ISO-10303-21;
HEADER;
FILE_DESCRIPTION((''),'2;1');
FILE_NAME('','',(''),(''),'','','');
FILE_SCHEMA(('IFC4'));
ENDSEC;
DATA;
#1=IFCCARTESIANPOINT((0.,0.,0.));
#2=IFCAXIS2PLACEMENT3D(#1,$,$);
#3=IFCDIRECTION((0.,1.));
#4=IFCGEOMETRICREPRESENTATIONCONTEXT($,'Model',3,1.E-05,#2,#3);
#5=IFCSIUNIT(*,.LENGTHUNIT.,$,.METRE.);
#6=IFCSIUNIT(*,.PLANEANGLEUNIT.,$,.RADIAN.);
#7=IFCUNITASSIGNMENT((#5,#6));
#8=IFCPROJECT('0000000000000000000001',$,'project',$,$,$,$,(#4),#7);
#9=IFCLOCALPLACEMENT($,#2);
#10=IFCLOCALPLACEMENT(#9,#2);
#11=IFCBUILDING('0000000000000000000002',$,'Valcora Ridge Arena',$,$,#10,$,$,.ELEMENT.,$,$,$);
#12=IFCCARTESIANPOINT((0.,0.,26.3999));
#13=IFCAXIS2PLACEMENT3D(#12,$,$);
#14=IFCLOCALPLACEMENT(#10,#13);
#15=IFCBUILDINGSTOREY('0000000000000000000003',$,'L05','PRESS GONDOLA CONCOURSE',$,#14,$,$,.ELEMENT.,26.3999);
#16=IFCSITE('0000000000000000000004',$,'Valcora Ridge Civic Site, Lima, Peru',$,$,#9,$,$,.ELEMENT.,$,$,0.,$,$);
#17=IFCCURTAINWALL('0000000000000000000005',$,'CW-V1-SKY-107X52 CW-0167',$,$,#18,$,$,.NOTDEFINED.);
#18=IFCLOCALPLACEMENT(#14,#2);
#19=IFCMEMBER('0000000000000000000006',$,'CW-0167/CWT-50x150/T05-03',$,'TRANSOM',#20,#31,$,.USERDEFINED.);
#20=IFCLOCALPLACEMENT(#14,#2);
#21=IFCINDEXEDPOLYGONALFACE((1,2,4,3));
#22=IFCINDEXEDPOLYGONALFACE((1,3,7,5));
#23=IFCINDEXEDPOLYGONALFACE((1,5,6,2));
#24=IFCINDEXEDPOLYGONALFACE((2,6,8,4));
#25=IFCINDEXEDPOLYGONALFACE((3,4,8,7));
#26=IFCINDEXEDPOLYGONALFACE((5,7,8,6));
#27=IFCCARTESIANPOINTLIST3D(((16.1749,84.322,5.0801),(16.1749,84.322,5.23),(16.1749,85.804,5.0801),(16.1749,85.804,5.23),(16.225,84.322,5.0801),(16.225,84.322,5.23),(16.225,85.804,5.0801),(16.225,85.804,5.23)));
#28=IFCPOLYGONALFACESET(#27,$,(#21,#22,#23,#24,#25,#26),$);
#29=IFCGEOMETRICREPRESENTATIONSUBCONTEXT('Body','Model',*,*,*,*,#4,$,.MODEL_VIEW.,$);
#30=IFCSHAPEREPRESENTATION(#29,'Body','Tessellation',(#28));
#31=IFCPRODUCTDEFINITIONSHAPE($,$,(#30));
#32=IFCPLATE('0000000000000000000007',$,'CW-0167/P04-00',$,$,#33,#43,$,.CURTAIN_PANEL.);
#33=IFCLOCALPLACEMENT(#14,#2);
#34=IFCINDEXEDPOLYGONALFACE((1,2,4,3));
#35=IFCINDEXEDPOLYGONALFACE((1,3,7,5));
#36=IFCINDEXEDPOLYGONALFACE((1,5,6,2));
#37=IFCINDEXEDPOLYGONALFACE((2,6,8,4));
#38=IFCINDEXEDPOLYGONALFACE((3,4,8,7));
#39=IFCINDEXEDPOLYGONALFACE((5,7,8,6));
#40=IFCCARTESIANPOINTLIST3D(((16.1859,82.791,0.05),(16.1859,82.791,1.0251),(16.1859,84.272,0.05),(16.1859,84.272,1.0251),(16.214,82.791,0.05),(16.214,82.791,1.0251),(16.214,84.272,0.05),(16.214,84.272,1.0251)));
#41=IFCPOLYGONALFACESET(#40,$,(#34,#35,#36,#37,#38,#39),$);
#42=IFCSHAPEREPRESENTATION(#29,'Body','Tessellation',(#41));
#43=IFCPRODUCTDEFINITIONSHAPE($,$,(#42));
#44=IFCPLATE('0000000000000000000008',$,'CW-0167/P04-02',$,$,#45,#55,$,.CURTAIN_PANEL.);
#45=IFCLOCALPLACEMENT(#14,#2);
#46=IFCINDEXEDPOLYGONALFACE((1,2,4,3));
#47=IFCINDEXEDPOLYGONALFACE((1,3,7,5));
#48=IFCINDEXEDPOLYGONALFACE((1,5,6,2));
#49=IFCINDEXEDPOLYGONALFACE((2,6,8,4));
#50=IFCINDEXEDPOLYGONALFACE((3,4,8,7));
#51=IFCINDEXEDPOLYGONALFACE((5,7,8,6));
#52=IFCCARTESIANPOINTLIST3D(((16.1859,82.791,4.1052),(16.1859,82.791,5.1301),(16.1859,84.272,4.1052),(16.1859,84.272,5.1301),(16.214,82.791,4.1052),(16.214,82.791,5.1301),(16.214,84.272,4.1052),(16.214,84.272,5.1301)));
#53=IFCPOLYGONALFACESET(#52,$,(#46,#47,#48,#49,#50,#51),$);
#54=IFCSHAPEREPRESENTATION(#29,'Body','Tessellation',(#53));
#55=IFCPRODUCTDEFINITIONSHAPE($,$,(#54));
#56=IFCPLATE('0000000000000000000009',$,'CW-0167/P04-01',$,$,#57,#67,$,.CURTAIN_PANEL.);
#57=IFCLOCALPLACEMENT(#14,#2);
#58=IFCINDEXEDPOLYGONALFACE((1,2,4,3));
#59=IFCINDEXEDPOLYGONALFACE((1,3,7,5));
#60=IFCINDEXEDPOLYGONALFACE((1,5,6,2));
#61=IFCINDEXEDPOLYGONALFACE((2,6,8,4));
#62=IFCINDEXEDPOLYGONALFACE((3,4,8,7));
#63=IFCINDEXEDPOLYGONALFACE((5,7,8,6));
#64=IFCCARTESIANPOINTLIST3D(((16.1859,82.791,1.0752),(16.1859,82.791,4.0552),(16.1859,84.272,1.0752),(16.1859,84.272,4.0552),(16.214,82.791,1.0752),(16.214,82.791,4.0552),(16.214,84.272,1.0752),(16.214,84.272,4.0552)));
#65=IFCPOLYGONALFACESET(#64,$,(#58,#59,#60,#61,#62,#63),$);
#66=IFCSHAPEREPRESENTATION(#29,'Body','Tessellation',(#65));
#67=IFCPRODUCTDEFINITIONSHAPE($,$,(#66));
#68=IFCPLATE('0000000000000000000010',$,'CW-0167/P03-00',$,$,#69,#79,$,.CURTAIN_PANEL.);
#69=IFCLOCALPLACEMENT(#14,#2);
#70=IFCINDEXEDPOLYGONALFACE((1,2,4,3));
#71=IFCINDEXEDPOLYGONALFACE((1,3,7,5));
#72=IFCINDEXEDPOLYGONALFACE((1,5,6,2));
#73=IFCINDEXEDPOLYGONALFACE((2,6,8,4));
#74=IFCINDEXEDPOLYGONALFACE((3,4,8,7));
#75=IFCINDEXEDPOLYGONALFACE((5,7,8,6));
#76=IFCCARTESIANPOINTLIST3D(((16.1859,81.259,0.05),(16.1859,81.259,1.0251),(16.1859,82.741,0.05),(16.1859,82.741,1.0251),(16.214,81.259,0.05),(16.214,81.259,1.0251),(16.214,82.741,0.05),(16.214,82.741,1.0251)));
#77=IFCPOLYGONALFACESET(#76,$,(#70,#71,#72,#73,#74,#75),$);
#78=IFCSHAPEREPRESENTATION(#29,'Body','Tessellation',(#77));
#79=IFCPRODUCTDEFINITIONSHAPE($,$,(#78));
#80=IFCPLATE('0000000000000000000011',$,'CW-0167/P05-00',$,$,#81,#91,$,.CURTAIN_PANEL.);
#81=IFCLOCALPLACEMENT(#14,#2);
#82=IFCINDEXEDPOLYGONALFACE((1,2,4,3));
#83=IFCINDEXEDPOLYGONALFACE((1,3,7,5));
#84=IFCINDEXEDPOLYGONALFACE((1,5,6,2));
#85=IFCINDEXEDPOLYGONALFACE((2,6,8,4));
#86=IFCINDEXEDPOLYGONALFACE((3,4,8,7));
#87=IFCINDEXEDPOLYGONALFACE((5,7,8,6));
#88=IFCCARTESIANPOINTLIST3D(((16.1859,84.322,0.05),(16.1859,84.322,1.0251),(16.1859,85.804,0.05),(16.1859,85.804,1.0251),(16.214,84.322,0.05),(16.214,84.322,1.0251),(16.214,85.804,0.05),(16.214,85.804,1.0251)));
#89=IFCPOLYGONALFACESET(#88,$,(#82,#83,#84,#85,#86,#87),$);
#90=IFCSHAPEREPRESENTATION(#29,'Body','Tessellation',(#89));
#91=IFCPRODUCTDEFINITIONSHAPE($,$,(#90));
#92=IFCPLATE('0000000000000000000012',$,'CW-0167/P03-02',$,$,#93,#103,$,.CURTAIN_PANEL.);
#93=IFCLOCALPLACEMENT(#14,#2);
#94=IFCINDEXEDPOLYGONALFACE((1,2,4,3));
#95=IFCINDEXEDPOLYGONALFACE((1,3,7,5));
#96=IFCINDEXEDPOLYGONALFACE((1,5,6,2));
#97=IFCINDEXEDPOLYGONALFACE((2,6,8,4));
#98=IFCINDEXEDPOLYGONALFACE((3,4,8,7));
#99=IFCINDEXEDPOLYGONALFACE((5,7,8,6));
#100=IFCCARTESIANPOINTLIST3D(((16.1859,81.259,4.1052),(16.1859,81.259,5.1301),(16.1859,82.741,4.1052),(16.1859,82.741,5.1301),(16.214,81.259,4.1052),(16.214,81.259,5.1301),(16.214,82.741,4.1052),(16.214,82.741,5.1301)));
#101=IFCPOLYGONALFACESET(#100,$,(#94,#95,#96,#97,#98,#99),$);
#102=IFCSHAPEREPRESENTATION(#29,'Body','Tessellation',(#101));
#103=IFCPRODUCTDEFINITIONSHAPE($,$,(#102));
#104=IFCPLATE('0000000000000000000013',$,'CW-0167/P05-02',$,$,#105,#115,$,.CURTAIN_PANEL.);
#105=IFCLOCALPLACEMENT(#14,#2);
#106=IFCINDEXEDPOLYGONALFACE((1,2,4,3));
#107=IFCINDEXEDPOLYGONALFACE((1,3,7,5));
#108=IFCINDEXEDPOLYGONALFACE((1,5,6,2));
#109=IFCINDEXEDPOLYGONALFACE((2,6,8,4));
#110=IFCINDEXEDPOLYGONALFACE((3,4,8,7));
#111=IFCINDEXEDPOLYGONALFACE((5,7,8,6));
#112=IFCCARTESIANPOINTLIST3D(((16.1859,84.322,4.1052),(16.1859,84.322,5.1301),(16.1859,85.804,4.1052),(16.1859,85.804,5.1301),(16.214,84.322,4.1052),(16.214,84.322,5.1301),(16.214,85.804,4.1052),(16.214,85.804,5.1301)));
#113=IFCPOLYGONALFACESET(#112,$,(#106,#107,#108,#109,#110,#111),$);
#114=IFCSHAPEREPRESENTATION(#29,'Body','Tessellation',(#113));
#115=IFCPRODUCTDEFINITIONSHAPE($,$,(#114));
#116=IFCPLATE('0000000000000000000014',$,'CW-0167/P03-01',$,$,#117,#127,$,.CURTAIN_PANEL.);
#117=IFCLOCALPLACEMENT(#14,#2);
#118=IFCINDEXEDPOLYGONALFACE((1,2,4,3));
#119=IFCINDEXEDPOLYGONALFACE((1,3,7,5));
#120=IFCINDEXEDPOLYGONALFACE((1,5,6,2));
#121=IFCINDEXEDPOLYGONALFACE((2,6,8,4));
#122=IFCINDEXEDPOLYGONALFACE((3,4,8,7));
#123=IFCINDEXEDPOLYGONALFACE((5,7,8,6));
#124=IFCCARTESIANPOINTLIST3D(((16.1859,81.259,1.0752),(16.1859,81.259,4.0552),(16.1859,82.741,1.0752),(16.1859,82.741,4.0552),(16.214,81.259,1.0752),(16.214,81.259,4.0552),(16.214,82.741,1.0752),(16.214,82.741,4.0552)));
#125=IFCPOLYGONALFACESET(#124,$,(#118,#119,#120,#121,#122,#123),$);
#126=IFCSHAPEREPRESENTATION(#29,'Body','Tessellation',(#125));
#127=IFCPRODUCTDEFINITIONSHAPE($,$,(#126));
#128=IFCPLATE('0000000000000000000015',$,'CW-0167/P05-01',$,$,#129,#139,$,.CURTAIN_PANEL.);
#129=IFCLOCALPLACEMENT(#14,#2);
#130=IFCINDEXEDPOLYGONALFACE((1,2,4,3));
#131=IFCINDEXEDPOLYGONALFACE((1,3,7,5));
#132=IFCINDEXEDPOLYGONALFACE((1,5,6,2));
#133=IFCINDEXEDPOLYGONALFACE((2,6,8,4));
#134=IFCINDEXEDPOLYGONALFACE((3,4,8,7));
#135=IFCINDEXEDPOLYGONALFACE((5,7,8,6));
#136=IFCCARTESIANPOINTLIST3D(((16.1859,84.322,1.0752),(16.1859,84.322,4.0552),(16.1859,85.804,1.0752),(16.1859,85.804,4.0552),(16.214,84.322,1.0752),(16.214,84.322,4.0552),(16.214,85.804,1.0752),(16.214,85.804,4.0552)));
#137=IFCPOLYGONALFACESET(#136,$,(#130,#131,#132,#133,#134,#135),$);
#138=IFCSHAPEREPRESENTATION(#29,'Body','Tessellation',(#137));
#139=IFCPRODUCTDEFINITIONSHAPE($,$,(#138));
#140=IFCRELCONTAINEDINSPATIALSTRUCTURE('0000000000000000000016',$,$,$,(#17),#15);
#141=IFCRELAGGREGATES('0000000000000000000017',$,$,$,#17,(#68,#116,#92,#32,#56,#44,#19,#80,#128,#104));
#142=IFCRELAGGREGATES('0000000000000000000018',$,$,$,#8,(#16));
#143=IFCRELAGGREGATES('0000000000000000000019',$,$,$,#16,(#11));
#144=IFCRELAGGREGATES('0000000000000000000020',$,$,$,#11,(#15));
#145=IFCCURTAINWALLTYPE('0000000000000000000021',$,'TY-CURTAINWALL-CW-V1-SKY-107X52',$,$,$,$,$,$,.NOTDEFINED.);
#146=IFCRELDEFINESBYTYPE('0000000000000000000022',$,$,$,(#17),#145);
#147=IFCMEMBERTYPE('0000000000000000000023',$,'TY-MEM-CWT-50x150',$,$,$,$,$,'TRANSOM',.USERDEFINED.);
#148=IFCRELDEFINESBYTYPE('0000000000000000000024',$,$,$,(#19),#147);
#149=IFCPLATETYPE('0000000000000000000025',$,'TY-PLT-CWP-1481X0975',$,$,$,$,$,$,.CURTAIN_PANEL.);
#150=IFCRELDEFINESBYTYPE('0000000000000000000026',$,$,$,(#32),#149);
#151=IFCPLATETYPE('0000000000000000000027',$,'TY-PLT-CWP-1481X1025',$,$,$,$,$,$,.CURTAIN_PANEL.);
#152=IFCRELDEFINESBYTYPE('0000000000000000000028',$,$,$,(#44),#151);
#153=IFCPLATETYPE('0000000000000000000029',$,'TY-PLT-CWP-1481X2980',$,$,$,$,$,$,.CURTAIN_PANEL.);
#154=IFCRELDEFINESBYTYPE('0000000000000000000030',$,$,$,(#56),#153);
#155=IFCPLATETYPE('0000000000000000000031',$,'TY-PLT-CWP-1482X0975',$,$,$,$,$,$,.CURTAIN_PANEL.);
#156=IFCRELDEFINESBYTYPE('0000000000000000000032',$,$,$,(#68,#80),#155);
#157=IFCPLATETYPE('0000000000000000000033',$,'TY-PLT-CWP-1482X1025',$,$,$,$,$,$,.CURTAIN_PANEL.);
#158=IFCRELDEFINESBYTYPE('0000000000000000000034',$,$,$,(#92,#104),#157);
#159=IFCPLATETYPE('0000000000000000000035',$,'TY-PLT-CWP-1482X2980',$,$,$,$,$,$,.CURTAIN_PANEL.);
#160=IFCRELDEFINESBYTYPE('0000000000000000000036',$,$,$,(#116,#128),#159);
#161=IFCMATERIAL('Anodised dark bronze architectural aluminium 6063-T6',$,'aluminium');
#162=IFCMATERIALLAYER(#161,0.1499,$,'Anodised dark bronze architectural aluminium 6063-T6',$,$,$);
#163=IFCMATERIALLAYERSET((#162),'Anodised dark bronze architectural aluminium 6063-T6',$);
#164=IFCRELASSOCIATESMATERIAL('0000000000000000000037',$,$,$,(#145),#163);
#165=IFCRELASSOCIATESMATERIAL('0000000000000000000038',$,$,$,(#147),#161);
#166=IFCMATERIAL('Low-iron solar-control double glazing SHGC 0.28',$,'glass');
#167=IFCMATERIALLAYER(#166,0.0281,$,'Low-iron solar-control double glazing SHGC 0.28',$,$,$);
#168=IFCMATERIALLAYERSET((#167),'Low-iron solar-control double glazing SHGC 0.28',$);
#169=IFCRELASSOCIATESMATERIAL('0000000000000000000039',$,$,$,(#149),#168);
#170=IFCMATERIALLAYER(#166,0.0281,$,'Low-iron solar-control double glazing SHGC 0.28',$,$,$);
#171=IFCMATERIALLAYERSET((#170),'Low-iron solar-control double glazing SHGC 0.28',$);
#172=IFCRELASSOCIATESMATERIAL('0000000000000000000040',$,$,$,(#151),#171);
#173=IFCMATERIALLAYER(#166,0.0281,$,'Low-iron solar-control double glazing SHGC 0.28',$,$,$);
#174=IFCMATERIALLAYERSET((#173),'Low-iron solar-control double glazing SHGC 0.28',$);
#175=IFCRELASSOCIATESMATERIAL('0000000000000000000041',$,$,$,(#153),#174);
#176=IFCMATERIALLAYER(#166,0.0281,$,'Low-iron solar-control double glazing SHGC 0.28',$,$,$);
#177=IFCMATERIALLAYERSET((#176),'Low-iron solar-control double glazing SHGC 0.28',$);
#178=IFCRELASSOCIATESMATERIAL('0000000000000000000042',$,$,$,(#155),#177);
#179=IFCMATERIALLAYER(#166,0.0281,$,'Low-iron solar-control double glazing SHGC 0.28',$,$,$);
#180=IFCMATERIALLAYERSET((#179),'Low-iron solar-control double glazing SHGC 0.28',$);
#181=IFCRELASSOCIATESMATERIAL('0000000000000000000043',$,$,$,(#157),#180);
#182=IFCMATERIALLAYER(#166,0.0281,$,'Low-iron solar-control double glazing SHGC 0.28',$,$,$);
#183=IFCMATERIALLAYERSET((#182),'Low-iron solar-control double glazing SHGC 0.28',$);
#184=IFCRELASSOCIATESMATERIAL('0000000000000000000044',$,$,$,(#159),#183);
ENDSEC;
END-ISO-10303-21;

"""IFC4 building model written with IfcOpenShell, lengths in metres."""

from ifc_helpers import new_model, si_unit, direction, frame, origin, origin_2d, place, context, subcontext, project, spatial, rectangle, extrude, material, layer, layer_set, material_profile, profile_set, type_object, element, aggregate, save


model = new_model("IFC4")

# Units and contexts
model_context = context("Model", 3, precision=1e-05, world=origin(), true_north=direction((0.0, 1.0)))
body_context = subcontext(model_context, "Body", "Model", "MODEL_VIEW")
ifc_project = project(units=[si_unit("LENGTHUNIT", "METRE"), si_unit("PLANEANGLEUNIT", "RADIAN")], contexts=[model_context])

# Site, building, storey
site_placement = place(None, origin())
site = spatial("IfcSite", under=ifc_project, at=site_placement, Name="Valcora Ridge Civic Site, Lima, Peru", CompositionType="ELEMENT", RefElevation=0.0)
building_placement = place(site_placement, origin())
building = spatial("IfcBuilding", under=site, at=building_placement, Name="Valcora Ridge Arena", CompositionType="ELEMENT")
storey_placement = place(building_placement, frame((0.0, 0.0, 26.3999)))
storey = spatial("IfcBuildingStorey", under=building, at=storey_placement, Name="L05", Description="PRESS GONDOLA CONCOURSE", CompositionType="ELEMENT", Elevation=26.3999)

# Curtain wall, member, plates
ifc_material_1 = material(Name="Anodised dark bronze architectural aluminium 6063-T6", Category="aluminium")
ifc_layer_1 = layer(ifc_material_1, 0.1499, Name="Anodised dark bronze architectural aluminium 6063-T6")
ifc_layer_set_1 = layer_set([ifc_layer_1], Name="Anodised dark bronze architectural aluminium 6063-T6")
curtain_wall_type = type_object("IfcCurtainWallType", Name="TY-CURTAINWALL-CW-V1-SKY-107X52", PredefinedType="NOTDEFINED", material=ifc_layer_set_1)
curtain_wall_placement = place(storey_placement, origin())
curtain_wall = element("IfcCurtainWall", 1, at=curtain_wall_placement, inside=storey, type_object=curtain_wall_type, Name="CW-V1-SKY-107X52 CW-0167", PredefinedType="NOTDEFINED")
ifc_material_profile_1 = material_profile(ifc_material_1, rectangle(XDim=0.05, YDim=0.1499, at=origin_2d()), Name="ALU TRANSOM 50x150")
ifc_profile_set_1 = profile_set([ifc_material_profile_1], Name="Anodised dark bronze architectural aluminium 6063-T6")
member_type_1 = type_object("IfcMemberType", Name="TY-MEM-CWT-50x150", ElementType="TRANSOM", PredefinedType="USERDEFINED", material=ifc_profile_set_1)
member_1_placement = place(storey_placement, frame((16.2, 84.322, 5.155), z_axis=(0.0, 1.0, 0.0), x_axis=(-1.0, 0.0, 0.0)))
member_1 = element("IfcMember", 2, at=member_1_placement, type_object=member_type_1, Name="CW-0167/CWT-50x150/T05-03", ObjectType="TRANSOM", PredefinedType="USERDEFINED", context=body_context, shape_type="SweptSolid", body=[
    extrude(rectangle(XDim=0.05, YDim=0.1499, at=origin_2d()), origin(), (0.0, 0.0, 1.0), 1.4819),
])
ifc_material_2 = material(Name="Low-iron solar-control double glazing SHGC 0.28", Category="glass")
ifc_layer_2 = layer(ifc_material_2, 0.0281, Name="Low-iron solar-control double glazing SHGC 0.28")
ifc_layer_set_2 = layer_set([ifc_layer_2], Name="Low-iron solar-control double glazing SHGC 0.28")
plate_type_1 = type_object("IfcPlateType", Name="TY-PLT-CWP-1481X0975", PredefinedType="CURTAIN_PANEL", material=ifc_layer_set_2)
plate_1_placement = place(storey_placement, frame((16.2, 83.5315, 0.05), z_axis=(0.0, 0.0, 1.0), x_axis=(0.0, 1.0, 0.0)))
plate_1 = element("IfcPlate", 3, at=plate_1_placement, type_object=plate_type_1, Name="CW-0167/P04-00", PredefinedType="CURTAIN_PANEL", context=body_context, shape_type="SweptSolid", body=[
    extrude(rectangle(XDim=1.481, YDim=0.0281, at=origin_2d()), origin(), (0.0, 0.0, 1.0), 0.9751),
])
ifc_layer_3 = layer(ifc_material_2, 0.0281, Name="Low-iron solar-control double glazing SHGC 0.28")
ifc_layer_set_3 = layer_set([ifc_layer_3], Name="Low-iron solar-control double glazing SHGC 0.28")
plate_type_2 = type_object("IfcPlateType", Name="TY-PLT-CWP-1481X1025", PredefinedType="CURTAIN_PANEL", material=ifc_layer_set_3)
plate_2_placement = place(storey_placement, frame((16.2, 83.5315, 4.1052), z_axis=(0.0, 0.0, 1.0), x_axis=(0.0, 1.0, 0.0)))
plate_2 = element("IfcPlate", 4, at=plate_2_placement, type_object=plate_type_2, Name="CW-0167/P04-02", PredefinedType="CURTAIN_PANEL", context=body_context, shape_type="SweptSolid", body=[
    extrude(rectangle(XDim=1.481, YDim=0.0281, at=origin_2d()), origin(), (0.0, 0.0, 1.0), 1.0249),
])
ifc_layer_4 = layer(ifc_material_2, 0.0281, Name="Low-iron solar-control double glazing SHGC 0.28")
ifc_layer_set_4 = layer_set([ifc_layer_4], Name="Low-iron solar-control double glazing SHGC 0.28")
plate_type_3 = type_object("IfcPlateType", Name="TY-PLT-CWP-1481X2980", PredefinedType="CURTAIN_PANEL", material=ifc_layer_set_4)
plate_3_placement = place(storey_placement, frame((16.2, 83.5315, 1.0752), z_axis=(0.0, 0.0, 1.0), x_axis=(0.0, 1.0, 0.0)))
plate_3 = element("IfcPlate", 5, at=plate_3_placement, type_object=plate_type_3, Name="CW-0167/P04-01", PredefinedType="CURTAIN_PANEL", context=body_context, shape_type="SweptSolid", body=[
    extrude(rectangle(XDim=1.481, YDim=0.0281, at=origin_2d()), origin(), (0.0, 0.0, 1.0), 2.98),
])
ifc_layer_5 = layer(ifc_material_2, 0.0281, Name="Low-iron solar-control double glazing SHGC 0.28")
ifc_layer_set_5 = layer_set([ifc_layer_5], Name="Low-iron solar-control double glazing SHGC 0.28")
plate_type_4 = type_object("IfcPlateType", Name="TY-PLT-CWP-1482X0975", PredefinedType="CURTAIN_PANEL", material=ifc_layer_set_5)
plate_4_placement = place(storey_placement, frame((16.2, 82.0, 0.05), z_axis=(0.0, 0.0, 1.0), x_axis=(0.0, 1.0, 0.0)))
plate_4 = element("IfcPlate", 6, at=plate_4_placement, type_object=plate_type_4, Name="CW-0167/P03-00", PredefinedType="CURTAIN_PANEL", context=body_context, shape_type="SweptSolid", body=[
    extrude(rectangle(XDim=1.4819, YDim=0.0281, at=origin_2d()), origin(), (0.0, 0.0, 1.0), 0.9751),
])
plate_5_placement = place(storey_placement, frame((16.2, 85.063, 0.05), z_axis=(0.0, 0.0, 1.0), x_axis=(0.0, 1.0, 0.0)))
plate_5 = element("IfcPlate", 7, at=plate_5_placement, type_object=plate_type_4, Name="CW-0167/P05-00", PredefinedType="CURTAIN_PANEL", context=body_context, shape_type="SweptSolid", body=[
    extrude(rectangle(XDim=1.4819, YDim=0.0281, at=origin_2d()), origin(), (0.0, 0.0, 1.0), 0.9751),
])
ifc_layer_6 = layer(ifc_material_2, 0.0281, Name="Low-iron solar-control double glazing SHGC 0.28")
ifc_layer_set_6 = layer_set([ifc_layer_6], Name="Low-iron solar-control double glazing SHGC 0.28")
plate_type_5 = type_object("IfcPlateType", Name="TY-PLT-CWP-1482X1025", PredefinedType="CURTAIN_PANEL", material=ifc_layer_set_6)
plate_6_placement = place(storey_placement, frame((16.2, 82.0, 4.1052), z_axis=(0.0, 0.0, 1.0), x_axis=(0.0, 1.0, 0.0)))
plate_6 = element("IfcPlate", 8, at=plate_6_placement, type_object=plate_type_5, Name="CW-0167/P03-02", PredefinedType="CURTAIN_PANEL", context=body_context, shape_type="SweptSolid", body=[
    extrude(rectangle(XDim=1.4819, YDim=0.0281, at=origin_2d()), origin(), (0.0, 0.0, 1.0), 1.0249),
])
plate_7_placement = place(storey_placement, frame((16.2, 85.063, 4.1052), z_axis=(0.0, 0.0, 1.0), x_axis=(0.0, 1.0, 0.0)))
plate_7 = element("IfcPlate", 9, at=plate_7_placement, type_object=plate_type_5, Name="CW-0167/P05-02", PredefinedType="CURTAIN_PANEL", context=body_context, shape_type="SweptSolid", body=[
    extrude(rectangle(XDim=1.4819, YDim=0.0281, at=origin_2d()), origin(), (0.0, 0.0, 1.0), 1.0249),
])
ifc_layer_7 = layer(ifc_material_2, 0.0281, Name="Low-iron solar-control double glazing SHGC 0.28")
ifc_layer_set_7 = layer_set([ifc_layer_7], Name="Low-iron solar-control double glazing SHGC 0.28")
plate_type_6 = type_object("IfcPlateType", Name="TY-PLT-CWP-1482X2980", PredefinedType="CURTAIN_PANEL", material=ifc_layer_set_7)
plate_8_placement = place(storey_placement, frame((16.2, 82.0, 1.0752), z_axis=(0.0, 0.0, 1.0), x_axis=(0.0, 1.0, 0.0)))
plate_8 = element("IfcPlate", 10, at=plate_8_placement, type_object=plate_type_6, Name="CW-0167/P03-01", PredefinedType="CURTAIN_PANEL", context=body_context, shape_type="SweptSolid", body=[
    extrude(rectangle(XDim=1.4819, YDim=0.0281, at=origin_2d()), origin(), (0.0, 0.0, 1.0), 2.98),
])
plate_9_placement = place(storey_placement, frame((16.2, 85.063, 1.0752), z_axis=(0.0, 0.0, 1.0), x_axis=(0.0, 1.0, 0.0)))
plate_9 = element("IfcPlate", 11, at=plate_9_placement, type_object=plate_type_6, Name="CW-0167/P05-01", PredefinedType="CURTAIN_PANEL", context=body_context, shape_type="SweptSolid", body=[
    extrude(rectangle(XDim=1.4819, YDim=0.0281, at=origin_2d()), origin(), (0.0, 0.0, 1.0), 2.98),
])
aggregate(curtain_wall, [plate_4, plate_8, plate_6, plate_1, plate_3, plate_2, member_1, plate_5, plate_9, plate_7])

save(model, "model.ifc")
